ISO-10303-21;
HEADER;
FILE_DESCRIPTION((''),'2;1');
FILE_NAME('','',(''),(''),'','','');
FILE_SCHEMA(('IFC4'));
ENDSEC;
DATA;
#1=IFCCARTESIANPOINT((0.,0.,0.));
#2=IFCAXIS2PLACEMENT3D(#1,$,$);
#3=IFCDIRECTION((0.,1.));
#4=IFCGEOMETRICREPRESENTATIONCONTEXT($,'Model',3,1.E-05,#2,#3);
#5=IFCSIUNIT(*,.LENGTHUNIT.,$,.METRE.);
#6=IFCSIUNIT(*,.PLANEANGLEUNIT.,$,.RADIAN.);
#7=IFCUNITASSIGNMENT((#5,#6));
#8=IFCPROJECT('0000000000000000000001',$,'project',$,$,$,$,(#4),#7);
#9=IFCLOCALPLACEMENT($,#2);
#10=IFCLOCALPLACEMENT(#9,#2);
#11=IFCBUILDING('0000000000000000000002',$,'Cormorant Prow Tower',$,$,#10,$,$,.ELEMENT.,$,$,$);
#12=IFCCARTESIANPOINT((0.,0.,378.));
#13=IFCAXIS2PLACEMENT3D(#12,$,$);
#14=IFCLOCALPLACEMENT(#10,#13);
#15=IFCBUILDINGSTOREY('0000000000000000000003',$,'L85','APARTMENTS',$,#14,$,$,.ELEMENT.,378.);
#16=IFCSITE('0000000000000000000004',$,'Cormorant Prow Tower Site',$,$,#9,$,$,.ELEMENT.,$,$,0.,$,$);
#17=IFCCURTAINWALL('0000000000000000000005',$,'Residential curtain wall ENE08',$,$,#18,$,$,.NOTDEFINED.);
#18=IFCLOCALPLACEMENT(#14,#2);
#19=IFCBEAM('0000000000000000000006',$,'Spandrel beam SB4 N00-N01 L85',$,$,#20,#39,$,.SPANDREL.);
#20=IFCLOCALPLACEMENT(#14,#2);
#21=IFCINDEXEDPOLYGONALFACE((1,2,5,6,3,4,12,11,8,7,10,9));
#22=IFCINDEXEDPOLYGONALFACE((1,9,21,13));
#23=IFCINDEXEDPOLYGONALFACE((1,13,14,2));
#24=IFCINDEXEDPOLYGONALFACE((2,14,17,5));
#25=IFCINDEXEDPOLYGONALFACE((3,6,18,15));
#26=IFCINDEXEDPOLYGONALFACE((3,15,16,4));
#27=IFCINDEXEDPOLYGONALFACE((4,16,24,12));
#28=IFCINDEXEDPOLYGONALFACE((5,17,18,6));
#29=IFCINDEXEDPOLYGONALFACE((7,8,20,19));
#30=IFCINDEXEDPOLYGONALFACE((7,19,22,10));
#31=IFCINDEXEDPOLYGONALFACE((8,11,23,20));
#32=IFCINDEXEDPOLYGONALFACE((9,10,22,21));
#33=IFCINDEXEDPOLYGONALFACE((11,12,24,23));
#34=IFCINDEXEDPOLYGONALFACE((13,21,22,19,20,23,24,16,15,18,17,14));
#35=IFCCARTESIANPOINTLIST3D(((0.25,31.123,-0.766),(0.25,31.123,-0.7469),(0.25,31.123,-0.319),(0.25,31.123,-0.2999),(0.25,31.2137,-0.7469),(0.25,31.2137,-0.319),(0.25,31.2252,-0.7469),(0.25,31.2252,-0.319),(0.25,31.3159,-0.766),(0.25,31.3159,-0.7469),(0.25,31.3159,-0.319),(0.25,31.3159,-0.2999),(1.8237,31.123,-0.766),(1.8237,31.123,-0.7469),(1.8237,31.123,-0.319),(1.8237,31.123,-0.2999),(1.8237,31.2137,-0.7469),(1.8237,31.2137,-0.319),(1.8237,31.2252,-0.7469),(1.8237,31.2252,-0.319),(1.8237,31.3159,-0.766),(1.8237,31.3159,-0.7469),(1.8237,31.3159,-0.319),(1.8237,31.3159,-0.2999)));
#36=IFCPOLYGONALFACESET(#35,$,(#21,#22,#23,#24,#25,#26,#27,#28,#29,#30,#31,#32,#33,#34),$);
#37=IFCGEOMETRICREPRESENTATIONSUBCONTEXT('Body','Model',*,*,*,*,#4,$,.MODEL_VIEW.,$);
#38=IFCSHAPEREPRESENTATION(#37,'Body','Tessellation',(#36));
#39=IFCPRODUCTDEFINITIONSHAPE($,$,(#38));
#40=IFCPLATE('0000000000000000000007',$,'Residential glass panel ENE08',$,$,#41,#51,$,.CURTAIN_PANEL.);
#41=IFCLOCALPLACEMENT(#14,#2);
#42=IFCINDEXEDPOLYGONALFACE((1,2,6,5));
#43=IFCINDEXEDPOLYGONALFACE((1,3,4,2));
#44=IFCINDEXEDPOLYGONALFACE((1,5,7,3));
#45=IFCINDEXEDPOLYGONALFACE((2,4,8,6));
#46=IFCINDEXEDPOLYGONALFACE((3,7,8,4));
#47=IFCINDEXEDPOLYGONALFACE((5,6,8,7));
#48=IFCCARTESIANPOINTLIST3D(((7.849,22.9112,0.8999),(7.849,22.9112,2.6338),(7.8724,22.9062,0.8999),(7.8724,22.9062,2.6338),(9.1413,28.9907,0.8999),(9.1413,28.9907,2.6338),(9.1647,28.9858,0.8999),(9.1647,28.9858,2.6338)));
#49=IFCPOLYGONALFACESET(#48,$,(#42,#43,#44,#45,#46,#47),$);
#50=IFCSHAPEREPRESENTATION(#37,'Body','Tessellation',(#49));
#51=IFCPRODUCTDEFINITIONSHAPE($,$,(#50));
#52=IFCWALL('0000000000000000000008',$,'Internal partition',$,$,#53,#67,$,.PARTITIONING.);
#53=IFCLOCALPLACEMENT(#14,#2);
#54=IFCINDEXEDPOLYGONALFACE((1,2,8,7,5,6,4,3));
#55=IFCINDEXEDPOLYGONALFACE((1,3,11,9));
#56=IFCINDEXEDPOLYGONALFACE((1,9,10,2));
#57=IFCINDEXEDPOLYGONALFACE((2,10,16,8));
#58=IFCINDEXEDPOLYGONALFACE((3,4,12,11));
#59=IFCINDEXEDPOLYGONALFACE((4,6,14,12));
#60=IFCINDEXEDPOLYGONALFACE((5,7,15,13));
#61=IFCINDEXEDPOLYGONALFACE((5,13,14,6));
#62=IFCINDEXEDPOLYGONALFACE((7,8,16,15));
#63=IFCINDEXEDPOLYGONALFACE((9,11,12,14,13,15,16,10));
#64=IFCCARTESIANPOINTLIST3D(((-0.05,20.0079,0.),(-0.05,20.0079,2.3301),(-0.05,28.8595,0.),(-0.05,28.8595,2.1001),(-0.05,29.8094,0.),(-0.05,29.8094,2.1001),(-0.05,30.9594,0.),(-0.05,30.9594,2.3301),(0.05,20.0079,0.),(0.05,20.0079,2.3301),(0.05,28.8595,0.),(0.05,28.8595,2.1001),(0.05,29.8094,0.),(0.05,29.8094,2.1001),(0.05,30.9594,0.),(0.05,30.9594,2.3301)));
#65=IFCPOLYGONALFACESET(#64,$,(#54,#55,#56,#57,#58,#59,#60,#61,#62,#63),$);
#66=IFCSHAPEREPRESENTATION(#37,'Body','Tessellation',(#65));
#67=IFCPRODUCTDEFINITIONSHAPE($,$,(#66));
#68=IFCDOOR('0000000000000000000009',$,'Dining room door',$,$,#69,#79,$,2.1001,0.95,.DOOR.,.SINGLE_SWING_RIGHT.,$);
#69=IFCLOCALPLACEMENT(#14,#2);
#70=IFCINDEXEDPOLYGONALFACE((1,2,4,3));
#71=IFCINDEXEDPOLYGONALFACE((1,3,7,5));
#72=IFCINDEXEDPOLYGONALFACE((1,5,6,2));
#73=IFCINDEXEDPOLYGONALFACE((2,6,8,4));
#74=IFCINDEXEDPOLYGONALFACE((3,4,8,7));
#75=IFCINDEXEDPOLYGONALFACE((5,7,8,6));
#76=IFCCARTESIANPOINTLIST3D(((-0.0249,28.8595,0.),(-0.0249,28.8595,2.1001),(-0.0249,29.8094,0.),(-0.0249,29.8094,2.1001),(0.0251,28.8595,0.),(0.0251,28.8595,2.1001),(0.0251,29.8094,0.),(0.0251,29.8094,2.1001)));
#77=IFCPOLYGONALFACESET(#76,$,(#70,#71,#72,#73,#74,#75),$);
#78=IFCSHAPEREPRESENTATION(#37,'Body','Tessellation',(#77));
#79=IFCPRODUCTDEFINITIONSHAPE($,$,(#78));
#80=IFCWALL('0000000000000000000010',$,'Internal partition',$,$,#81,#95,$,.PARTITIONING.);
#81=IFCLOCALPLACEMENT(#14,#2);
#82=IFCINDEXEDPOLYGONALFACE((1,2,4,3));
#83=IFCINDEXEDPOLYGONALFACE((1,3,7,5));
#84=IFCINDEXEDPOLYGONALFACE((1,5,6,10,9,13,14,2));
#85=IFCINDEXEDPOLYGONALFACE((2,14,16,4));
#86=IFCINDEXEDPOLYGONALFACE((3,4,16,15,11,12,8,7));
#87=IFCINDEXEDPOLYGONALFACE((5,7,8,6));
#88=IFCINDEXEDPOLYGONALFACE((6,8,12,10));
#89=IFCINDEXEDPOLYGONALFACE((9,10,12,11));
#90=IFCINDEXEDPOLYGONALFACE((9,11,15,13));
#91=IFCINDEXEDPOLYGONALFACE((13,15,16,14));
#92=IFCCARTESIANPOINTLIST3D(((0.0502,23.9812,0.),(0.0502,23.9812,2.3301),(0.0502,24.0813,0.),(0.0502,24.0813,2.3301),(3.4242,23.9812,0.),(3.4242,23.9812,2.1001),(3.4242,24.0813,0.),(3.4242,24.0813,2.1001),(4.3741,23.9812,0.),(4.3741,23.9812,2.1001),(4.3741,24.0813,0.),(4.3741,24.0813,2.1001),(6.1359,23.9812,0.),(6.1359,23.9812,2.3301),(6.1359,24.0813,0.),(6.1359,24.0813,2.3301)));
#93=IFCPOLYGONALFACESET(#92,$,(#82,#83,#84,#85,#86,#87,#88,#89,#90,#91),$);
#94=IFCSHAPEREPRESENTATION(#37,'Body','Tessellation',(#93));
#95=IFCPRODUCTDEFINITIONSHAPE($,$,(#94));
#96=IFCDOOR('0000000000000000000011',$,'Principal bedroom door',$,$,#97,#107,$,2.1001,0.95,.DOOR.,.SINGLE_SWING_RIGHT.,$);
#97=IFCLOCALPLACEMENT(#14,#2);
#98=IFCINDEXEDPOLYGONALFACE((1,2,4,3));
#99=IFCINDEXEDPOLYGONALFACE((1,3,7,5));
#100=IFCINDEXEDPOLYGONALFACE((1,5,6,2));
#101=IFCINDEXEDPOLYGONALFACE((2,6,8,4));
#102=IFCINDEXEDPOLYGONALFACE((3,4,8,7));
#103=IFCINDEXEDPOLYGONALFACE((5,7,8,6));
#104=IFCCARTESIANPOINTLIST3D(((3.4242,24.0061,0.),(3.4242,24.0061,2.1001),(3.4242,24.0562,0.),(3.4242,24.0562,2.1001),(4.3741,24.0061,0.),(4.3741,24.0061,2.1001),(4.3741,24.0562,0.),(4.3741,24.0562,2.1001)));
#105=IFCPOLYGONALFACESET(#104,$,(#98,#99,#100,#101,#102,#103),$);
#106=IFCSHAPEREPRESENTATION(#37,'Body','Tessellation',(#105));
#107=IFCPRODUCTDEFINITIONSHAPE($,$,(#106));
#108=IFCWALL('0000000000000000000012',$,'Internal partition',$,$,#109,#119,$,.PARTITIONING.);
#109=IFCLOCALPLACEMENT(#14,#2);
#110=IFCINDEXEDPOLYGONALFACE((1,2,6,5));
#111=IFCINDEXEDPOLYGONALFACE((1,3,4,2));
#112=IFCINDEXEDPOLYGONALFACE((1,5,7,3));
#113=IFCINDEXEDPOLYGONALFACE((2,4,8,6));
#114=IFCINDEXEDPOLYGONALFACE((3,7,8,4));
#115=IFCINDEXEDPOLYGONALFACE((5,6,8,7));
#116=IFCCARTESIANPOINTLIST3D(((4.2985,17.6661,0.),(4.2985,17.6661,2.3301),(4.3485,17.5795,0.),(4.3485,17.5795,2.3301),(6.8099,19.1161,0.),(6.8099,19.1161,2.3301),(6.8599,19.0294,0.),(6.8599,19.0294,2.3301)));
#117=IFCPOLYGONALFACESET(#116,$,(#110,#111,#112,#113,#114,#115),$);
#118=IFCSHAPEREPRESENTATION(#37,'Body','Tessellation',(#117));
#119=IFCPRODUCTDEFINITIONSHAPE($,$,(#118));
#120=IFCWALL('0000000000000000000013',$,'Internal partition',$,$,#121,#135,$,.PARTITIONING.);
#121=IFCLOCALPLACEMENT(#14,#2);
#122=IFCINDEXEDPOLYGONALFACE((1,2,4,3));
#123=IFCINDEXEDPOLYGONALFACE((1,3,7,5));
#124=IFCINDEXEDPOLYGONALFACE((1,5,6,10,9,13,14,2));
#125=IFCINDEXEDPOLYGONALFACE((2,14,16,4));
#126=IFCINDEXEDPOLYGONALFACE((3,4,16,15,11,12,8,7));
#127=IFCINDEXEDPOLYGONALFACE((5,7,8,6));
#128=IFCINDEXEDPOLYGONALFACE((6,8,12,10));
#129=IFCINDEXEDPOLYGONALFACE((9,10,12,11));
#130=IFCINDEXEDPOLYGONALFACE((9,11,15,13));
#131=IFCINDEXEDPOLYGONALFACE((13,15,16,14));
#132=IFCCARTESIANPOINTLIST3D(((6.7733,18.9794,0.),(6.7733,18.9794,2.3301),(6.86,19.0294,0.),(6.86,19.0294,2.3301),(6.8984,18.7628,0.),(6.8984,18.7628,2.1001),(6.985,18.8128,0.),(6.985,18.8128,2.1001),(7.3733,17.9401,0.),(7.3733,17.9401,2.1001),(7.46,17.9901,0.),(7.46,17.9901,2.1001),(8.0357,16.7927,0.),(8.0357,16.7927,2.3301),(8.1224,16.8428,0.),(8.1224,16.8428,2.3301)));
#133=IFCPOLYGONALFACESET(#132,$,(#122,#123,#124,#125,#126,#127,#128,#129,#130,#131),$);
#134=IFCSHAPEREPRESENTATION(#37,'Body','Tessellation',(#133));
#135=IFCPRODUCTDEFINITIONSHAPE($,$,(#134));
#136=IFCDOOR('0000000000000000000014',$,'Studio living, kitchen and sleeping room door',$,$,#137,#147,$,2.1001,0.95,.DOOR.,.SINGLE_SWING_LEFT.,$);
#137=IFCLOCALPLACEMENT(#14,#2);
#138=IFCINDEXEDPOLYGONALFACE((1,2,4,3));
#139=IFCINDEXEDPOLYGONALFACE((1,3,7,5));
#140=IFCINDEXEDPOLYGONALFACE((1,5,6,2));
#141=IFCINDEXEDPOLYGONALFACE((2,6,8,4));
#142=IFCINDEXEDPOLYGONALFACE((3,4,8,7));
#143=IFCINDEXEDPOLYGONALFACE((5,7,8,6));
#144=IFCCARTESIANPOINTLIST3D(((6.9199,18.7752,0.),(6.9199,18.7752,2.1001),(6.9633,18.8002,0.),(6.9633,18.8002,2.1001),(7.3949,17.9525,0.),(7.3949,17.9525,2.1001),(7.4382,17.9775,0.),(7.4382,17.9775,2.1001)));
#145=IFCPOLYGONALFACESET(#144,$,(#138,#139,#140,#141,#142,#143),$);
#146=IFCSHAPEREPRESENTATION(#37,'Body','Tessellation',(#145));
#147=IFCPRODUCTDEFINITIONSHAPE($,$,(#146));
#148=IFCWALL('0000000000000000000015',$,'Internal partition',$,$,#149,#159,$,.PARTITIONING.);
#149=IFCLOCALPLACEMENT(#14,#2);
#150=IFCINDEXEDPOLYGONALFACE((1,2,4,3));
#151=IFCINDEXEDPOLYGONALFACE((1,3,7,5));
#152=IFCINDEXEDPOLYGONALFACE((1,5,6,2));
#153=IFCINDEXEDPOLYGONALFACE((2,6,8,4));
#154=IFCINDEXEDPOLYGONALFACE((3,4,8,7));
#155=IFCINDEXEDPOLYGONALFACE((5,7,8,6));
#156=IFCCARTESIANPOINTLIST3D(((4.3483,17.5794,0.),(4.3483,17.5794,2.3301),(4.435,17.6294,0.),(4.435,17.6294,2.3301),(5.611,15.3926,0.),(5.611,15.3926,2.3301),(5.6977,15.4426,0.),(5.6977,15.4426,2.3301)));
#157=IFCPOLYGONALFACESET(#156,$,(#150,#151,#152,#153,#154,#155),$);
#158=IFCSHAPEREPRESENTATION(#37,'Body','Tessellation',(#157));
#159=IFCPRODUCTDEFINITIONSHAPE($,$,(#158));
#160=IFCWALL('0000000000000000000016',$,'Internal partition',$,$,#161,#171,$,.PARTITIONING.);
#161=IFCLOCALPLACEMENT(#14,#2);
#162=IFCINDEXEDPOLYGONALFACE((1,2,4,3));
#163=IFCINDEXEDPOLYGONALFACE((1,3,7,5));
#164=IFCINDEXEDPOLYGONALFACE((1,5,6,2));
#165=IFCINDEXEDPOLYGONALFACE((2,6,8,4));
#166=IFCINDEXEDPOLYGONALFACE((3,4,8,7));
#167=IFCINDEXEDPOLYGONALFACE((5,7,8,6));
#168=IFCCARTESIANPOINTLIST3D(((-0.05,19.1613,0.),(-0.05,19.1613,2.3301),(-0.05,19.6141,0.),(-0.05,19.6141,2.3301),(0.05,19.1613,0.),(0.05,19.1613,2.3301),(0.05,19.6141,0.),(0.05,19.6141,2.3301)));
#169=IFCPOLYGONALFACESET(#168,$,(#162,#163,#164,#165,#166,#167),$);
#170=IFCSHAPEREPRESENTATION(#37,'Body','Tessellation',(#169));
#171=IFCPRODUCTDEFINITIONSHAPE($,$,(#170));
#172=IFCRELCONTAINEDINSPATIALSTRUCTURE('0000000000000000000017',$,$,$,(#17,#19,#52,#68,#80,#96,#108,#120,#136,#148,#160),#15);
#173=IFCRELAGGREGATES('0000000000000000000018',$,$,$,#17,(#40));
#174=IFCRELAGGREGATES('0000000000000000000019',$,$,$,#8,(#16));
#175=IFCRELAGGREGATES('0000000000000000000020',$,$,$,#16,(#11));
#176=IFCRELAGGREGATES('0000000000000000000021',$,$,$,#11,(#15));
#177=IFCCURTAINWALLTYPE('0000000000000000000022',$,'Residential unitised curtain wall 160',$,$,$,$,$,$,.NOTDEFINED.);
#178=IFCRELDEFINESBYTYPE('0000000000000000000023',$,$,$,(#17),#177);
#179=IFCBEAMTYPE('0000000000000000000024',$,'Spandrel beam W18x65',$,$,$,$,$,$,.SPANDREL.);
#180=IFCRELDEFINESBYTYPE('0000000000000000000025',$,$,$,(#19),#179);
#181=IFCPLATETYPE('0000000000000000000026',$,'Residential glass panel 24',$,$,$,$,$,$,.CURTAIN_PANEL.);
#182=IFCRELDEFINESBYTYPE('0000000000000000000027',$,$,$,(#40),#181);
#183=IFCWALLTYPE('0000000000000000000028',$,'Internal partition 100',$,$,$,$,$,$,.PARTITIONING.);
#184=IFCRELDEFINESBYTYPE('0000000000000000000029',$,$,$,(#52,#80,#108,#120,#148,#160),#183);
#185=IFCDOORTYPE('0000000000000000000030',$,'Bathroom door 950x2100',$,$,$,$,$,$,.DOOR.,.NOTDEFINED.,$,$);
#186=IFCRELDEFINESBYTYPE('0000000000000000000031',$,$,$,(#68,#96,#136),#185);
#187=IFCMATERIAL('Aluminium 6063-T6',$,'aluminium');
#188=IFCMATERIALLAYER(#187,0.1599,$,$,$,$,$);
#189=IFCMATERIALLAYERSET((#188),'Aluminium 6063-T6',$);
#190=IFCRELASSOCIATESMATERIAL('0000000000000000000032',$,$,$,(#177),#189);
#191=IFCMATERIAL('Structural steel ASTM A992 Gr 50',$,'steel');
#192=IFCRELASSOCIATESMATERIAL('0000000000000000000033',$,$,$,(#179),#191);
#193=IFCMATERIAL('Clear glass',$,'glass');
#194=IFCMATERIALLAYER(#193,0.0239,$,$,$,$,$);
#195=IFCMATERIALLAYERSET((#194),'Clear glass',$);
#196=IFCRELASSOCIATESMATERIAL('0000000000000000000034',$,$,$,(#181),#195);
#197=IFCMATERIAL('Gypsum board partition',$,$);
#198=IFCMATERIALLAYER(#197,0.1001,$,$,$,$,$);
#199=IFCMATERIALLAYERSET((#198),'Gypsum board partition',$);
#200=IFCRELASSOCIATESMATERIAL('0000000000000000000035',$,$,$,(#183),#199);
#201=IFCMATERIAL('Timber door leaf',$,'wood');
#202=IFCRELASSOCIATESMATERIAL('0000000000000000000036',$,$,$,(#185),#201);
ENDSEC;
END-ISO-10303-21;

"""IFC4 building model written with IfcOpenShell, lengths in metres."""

from ifc_helpers import new_model, si_unit, direction, frame, frame_2d, origin, origin_2d, place, context, subcontext, project, spatial, rectangle, i_section, extrude, material, layer, layer_set, material_profile, profile_set, type_object, element, fill, aggregate, save


model = new_model("IFC4")

# Units and contexts
model_context = context("Model", 3, precision=1e-05, world=origin(), true_north=direction((0.0, 1.0)))
body_context = subcontext(model_context, "Body", "Model", "MODEL_VIEW")
ifc_project = project(units=[si_unit("LENGTHUNIT", "METRE"), si_unit("PLANEANGLEUNIT", "RADIAN")], contexts=[model_context])

# Site, building, storey
site_placement = place(None, origin())
site = spatial("IfcSite", under=ifc_project, at=site_placement, Name="Cormorant Prow Tower Site", CompositionType="ELEMENT", RefElevation=0.0)
building_placement = place(site_placement, origin())
building = spatial("IfcBuilding", under=site, at=building_placement, Name="Cormorant Prow Tower", CompositionType="ELEMENT")
storey_placement = place(building_placement, frame((0.0, 0.0, 378.0)))
storey = spatial("IfcBuildingStorey", under=building, at=storey_placement, Name="L85", Description="APARTMENTS", CompositionType="ELEMENT", Elevation=378.0)

# Curtain wall
ifc_material_1 = material(Name="Aluminium 6063-T6", Category="aluminium")
ifc_layer_1 = layer(ifc_material_1, 0.1599)
ifc_layer_set_1 = layer_set([ifc_layer_1], Name="Aluminium 6063-T6")
curtain_wall_type = type_object("IfcCurtainWallType", Name="Residential unitised curtain wall 160", PredefinedType="NOTDEFINED", material=ifc_layer_set_1)
curtain_wall_placement = place(storey_placement, origin())
curtain_wall = element("IfcCurtainWall", 1, at=curtain_wall_placement, inside=storey, type_object=curtain_wall_type, Name="Residential curtain wall ENE08", PredefinedType="NOTDEFINED")

# Beam
ifc_material_2 = material(Name="Structural steel ASTM A992 Gr 50", Category="steel")
ifc_material_profile_1 = material_profile(ifc_material_2, i_section(OverallWidth=0.1929, OverallDepth=0.4661, WebThickness=0.0115, FlangeThickness=0.019, at=origin_2d()), Name="W18x65")
ifc_profile_set_1 = profile_set([ifc_material_profile_1], Name="Structural steel ASTM A992 Gr 50")
beam_type = type_object("IfcBeamType", Name="Spandrel beam W18x65", PredefinedType="SPANDREL", material=ifc_profile_set_1)
beam_1_placement = place(storey_placement, frame((1.8237, 31.2195, -0.533), z_axis=(-1.0, 0.0, 0.0), x_axis=(0.0, -1.0, 0.0)))
element("IfcBeam", 2, at=beam_1_placement, inside=storey, type_object=beam_type, Name="Spandrel beam SB4 N00-N01 L85", PredefinedType="SPANDREL", context=body_context, shape_type="SweptSolid", body=[
    extrude(i_section(OverallWidth=0.1929, OverallDepth=0.4661, WebThickness=0.0115, FlangeThickness=0.019, at=origin_2d()), origin(), (0.0, 0.0, 1.0), 1.5737),
])

# Plate
ifc_material_3 = material(Name="Clear glass", Category="glass")
ifc_layer_2 = layer(ifc_material_3, 0.0239)
ifc_layer_set_2 = layer_set([ifc_layer_2], Name="Clear glass")
plate_type = type_object("IfcPlateType", Name="Residential glass panel 24", PredefinedType="CURTAIN_PANEL", material=ifc_layer_set_2)
plate_placement = place(storey_placement, frame((8.5068, 25.9485, 0.8999), z_axis=(0.0, 0.0, 1.0), x_axis=(0.207912, 0.978148, 0.0)))
plate = element("IfcPlate", 3, at=plate_placement, type_object=plate_type, Name="Residential glass panel ENE08", PredefinedType="CURTAIN_PANEL", context=body_context, shape_type="SweptSolid", body=[
    extrude(rectangle(XDim=6.2153, YDim=0.0239, at=origin_2d()), origin(), (0.0, 0.0, 1.0), 1.7339),
])
aggregate(curtain_wall, [plate])

# Walls, openings, doors
ifc_material_4 = material(Name="Gypsum board partition")
ifc_layer_3 = layer(ifc_material_4, 0.1001)
ifc_layer_set_3 = layer_set([ifc_layer_3], Name="Gypsum board partition")
wall_type_1 = type_object("IfcWallType", Name="Internal partition 100", PredefinedType="PARTITIONING", material=ifc_layer_set_3)
wall_1_placement = place(storey_placement, frame((0.0, 20.0081, 0.0), z_axis=(0.0, 0.0, 1.0), x_axis=(0.0, 1.0, 0.0)))
wall_1 = element("IfcWall", 4, at=wall_1_placement, inside=storey, type_object=wall_type_1, Name="Internal partition", PredefinedType="PARTITIONING", context=body_context, shape_type="SweptSolid", body=[
    extrude(rectangle(XDim=10.9514, YDim=0.1001, at=frame_2d((5.4756, 0.0))), origin(), (0.0, 0.0, 1.0), 2.3301),
])
opening_1_placement = place(wall_1_placement, frame((8.8513, 0.0, 0.0)))
opening_1 = element("IfcOpeningElement", 5, at=opening_1_placement, cuts=wall_1, PredefinedType="OPENING", context=body_context, shape_type="SweptSolid", body=[
    extrude(rectangle(XDim=0.95, YDim=2.1001, at=frame_2d((0.4751, 1.05))), frame((0.0, 0.0601, 0.0), z_axis=(0.0, -1.0, 0.0), x_axis=(1.0, 0.0, 0.0)), (0.0, 0.0, 1.0), 0.1201),
])
ifc_material_5 = material(Name="Timber door leaf", Category="wood")
door_type_1 = type_object("IfcDoorType", Name="Bathroom door 950x2100", OperationType="NOTDEFINED", PredefinedType="DOOR", material=ifc_material_5)
door_1_placement = place(opening_1_placement, origin())
door_1 = element("IfcDoor", 6, at=door_1_placement, inside=storey, type_object=door_type_1, Name="Dining room door", OperationType="SINGLE_SWING_RIGHT", OverallHeight=2.1001, OverallWidth=0.95, PredefinedType="DOOR", context=body_context, shape_type="SweptSolid", body=[
    extrude(rectangle(XDim=0.95, YDim=2.1001, at=frame_2d((0.4751, 1.05))), frame((0.0, 0.0249, 0.0), z_axis=(0.0, -1.0, 0.0), x_axis=(1.0, 0.0, 0.0)), (0.0, 0.0, 1.0), 0.05),
])
fill(opening_1, door_1)
wall_2_placement = place(storey_placement, frame((0.05, 24.0312, 0.0), z_axis=(0.0, 0.0, 1.0), x_axis=(1.0, 0.0, 0.0)))
wall_2 = element("IfcWall", 7, at=wall_2_placement, inside=storey, type_object=wall_type_1, Name="Internal partition", PredefinedType="PARTITIONING", context=body_context, shape_type="SweptSolid", body=[
    extrude(rectangle(XDim=6.0857, YDim=0.1001, at=frame_2d((3.043, 0.0))), origin(), (0.0, 0.0, 1.0), 2.3301),
])
opening_2_placement = place(wall_2_placement, frame((3.374, 0.0, 0.0)))
opening_2 = element("IfcOpeningElement", 8, at=opening_2_placement, cuts=wall_2, PredefinedType="OPENING", context=body_context, shape_type="SweptSolid", body=[
    extrude(rectangle(XDim=0.95, YDim=2.1001, at=frame_2d((0.4751, 1.05))), frame((0.0, 0.0601, 0.0), z_axis=(0.0, -1.0, 0.0), x_axis=(1.0, 0.0, 0.0)), (0.0, 0.0, 1.0), 0.1201),
])
door_2_placement = place(opening_2_placement, origin())
door_2 = element("IfcDoor", 9, at=door_2_placement, inside=storey, type_object=door_type_1, Name="Principal bedroom door", OperationType="SINGLE_SWING_RIGHT", OverallHeight=2.1001, OverallWidth=0.95, PredefinedType="DOOR", context=body_context, shape_type="SweptSolid", body=[
    extrude(rectangle(XDim=0.95, YDim=2.1001, at=frame_2d((0.4751, 1.05))), frame((0.0, 0.0249, 0.0), z_axis=(0.0, -1.0, 0.0), x_axis=(1.0, 0.0, 0.0)), (0.0, 0.0, 1.0), 0.05),
])
fill(opening_2, door_2)

# Wall
wall_3_placement = place(storey_placement, frame((4.3235, 17.6228, 0.0), z_axis=(0.0, 0.0, 1.0), x_axis=(0.866033, 0.499987, 0.0)))
element("IfcWall", 10, at=wall_3_placement, inside=storey, type_object=wall_type_1, Name="Internal partition", PredefinedType="PARTITIONING", context=body_context, shape_type="SweptSolid", body=[
    extrude(rectangle(XDim=2.8999, YDim=0.1001, at=frame_2d((1.45, 0.0))), origin(), (0.0, 0.0, 1.0), 2.3301),
])

# Wall, opening, door
wall_4_placement = place(storey_placement, frame((6.8167, 19.0044, 0.0), z_axis=(0.0, 0.0, 1.0), x_axis=(0.499976, -0.866039, 0.0)))
wall_4 = element("IfcWall", 11, at=wall_4_placement, inside=storey, type_object=wall_type_1, Name="Internal partition", PredefinedType="PARTITIONING", context=body_context, shape_type="SweptSolid", body=[
    extrude(rectangle(XDim=2.5249, YDim=0.1001, at=frame_2d((1.2625, 0.0))), origin(), (0.0, 0.0, 1.0), 2.3301),
])
opening_3_placement = place(wall_4_placement, frame((0.25, 0.0, 0.0)))
opening_3 = element("IfcOpeningElement", 12, at=opening_3_placement, cuts=wall_4, PredefinedType="OPENING", context=body_context, shape_type="SweptSolid", body=[
    extrude(rectangle(XDim=0.95, YDim=2.1001, at=frame_2d((0.4751, 1.05))), frame((0.0, 0.0601, 0.0), z_axis=(0.0, -1.0, 0.0), x_axis=(1.0, 0.0, 0.0)), (0.0, 0.0, 1.0), 0.1201),
])
door_3_placement = place(opening_3_placement, origin())
door_3 = element("IfcDoor", 13, at=door_3_placement, inside=storey, type_object=door_type_1, Name="Studio living, kitchen and sleeping room door", OperationType="SINGLE_SWING_LEFT", OverallHeight=2.1001, OverallWidth=0.95, PredefinedType="DOOR", context=body_context, shape_type="SweptSolid", body=[
    extrude(rectangle(XDim=0.95, YDim=2.1001, at=frame_2d((0.4751, 1.05))), frame((0.0, 0.0249, 0.0), z_axis=(0.0, -1.0, 0.0), x_axis=(1.0, 0.0, 0.0)), (0.0, 0.0, 1.0), 0.05),
])
fill(opening_3, door_3)

# Walls
wall_5_placement = place(storey_placement, frame((4.3916, 17.6045, 0.0), z_axis=(0.0, 0.0, 1.0), x_axis=(0.500049, -0.865997, 0.0)))
element("IfcWall", 14, at=wall_5_placement, inside=storey, type_object=wall_type_1, Name="Internal partition", PredefinedType="PARTITIONING", context=body_context, shape_type="SweptSolid", body=[
    extrude(rectangle(XDim=2.5251, YDim=0.1001, at=frame_2d((1.2627, 0.0))), origin(), (0.0, 0.0, 1.0), 2.3301),
])
wall_6_placement = place(storey_placement, frame((0.0, 19.1611, 0.0), z_axis=(0.0, 0.0, 1.0), x_axis=(0.0, 1.0, 0.0)))
element("IfcWall", 15, at=wall_6_placement, inside=storey, type_object=wall_type_1, Name="Internal partition", PredefinedType="PARTITIONING", context=body_context, shape_type="SweptSolid", body=[
    extrude(rectangle(XDim=0.4529, YDim=0.1001, at=frame_2d((0.2266, 0.0))), origin(), (0.0, 0.0, 1.0), 2.3301),
])

save(model, "model.ifc")
